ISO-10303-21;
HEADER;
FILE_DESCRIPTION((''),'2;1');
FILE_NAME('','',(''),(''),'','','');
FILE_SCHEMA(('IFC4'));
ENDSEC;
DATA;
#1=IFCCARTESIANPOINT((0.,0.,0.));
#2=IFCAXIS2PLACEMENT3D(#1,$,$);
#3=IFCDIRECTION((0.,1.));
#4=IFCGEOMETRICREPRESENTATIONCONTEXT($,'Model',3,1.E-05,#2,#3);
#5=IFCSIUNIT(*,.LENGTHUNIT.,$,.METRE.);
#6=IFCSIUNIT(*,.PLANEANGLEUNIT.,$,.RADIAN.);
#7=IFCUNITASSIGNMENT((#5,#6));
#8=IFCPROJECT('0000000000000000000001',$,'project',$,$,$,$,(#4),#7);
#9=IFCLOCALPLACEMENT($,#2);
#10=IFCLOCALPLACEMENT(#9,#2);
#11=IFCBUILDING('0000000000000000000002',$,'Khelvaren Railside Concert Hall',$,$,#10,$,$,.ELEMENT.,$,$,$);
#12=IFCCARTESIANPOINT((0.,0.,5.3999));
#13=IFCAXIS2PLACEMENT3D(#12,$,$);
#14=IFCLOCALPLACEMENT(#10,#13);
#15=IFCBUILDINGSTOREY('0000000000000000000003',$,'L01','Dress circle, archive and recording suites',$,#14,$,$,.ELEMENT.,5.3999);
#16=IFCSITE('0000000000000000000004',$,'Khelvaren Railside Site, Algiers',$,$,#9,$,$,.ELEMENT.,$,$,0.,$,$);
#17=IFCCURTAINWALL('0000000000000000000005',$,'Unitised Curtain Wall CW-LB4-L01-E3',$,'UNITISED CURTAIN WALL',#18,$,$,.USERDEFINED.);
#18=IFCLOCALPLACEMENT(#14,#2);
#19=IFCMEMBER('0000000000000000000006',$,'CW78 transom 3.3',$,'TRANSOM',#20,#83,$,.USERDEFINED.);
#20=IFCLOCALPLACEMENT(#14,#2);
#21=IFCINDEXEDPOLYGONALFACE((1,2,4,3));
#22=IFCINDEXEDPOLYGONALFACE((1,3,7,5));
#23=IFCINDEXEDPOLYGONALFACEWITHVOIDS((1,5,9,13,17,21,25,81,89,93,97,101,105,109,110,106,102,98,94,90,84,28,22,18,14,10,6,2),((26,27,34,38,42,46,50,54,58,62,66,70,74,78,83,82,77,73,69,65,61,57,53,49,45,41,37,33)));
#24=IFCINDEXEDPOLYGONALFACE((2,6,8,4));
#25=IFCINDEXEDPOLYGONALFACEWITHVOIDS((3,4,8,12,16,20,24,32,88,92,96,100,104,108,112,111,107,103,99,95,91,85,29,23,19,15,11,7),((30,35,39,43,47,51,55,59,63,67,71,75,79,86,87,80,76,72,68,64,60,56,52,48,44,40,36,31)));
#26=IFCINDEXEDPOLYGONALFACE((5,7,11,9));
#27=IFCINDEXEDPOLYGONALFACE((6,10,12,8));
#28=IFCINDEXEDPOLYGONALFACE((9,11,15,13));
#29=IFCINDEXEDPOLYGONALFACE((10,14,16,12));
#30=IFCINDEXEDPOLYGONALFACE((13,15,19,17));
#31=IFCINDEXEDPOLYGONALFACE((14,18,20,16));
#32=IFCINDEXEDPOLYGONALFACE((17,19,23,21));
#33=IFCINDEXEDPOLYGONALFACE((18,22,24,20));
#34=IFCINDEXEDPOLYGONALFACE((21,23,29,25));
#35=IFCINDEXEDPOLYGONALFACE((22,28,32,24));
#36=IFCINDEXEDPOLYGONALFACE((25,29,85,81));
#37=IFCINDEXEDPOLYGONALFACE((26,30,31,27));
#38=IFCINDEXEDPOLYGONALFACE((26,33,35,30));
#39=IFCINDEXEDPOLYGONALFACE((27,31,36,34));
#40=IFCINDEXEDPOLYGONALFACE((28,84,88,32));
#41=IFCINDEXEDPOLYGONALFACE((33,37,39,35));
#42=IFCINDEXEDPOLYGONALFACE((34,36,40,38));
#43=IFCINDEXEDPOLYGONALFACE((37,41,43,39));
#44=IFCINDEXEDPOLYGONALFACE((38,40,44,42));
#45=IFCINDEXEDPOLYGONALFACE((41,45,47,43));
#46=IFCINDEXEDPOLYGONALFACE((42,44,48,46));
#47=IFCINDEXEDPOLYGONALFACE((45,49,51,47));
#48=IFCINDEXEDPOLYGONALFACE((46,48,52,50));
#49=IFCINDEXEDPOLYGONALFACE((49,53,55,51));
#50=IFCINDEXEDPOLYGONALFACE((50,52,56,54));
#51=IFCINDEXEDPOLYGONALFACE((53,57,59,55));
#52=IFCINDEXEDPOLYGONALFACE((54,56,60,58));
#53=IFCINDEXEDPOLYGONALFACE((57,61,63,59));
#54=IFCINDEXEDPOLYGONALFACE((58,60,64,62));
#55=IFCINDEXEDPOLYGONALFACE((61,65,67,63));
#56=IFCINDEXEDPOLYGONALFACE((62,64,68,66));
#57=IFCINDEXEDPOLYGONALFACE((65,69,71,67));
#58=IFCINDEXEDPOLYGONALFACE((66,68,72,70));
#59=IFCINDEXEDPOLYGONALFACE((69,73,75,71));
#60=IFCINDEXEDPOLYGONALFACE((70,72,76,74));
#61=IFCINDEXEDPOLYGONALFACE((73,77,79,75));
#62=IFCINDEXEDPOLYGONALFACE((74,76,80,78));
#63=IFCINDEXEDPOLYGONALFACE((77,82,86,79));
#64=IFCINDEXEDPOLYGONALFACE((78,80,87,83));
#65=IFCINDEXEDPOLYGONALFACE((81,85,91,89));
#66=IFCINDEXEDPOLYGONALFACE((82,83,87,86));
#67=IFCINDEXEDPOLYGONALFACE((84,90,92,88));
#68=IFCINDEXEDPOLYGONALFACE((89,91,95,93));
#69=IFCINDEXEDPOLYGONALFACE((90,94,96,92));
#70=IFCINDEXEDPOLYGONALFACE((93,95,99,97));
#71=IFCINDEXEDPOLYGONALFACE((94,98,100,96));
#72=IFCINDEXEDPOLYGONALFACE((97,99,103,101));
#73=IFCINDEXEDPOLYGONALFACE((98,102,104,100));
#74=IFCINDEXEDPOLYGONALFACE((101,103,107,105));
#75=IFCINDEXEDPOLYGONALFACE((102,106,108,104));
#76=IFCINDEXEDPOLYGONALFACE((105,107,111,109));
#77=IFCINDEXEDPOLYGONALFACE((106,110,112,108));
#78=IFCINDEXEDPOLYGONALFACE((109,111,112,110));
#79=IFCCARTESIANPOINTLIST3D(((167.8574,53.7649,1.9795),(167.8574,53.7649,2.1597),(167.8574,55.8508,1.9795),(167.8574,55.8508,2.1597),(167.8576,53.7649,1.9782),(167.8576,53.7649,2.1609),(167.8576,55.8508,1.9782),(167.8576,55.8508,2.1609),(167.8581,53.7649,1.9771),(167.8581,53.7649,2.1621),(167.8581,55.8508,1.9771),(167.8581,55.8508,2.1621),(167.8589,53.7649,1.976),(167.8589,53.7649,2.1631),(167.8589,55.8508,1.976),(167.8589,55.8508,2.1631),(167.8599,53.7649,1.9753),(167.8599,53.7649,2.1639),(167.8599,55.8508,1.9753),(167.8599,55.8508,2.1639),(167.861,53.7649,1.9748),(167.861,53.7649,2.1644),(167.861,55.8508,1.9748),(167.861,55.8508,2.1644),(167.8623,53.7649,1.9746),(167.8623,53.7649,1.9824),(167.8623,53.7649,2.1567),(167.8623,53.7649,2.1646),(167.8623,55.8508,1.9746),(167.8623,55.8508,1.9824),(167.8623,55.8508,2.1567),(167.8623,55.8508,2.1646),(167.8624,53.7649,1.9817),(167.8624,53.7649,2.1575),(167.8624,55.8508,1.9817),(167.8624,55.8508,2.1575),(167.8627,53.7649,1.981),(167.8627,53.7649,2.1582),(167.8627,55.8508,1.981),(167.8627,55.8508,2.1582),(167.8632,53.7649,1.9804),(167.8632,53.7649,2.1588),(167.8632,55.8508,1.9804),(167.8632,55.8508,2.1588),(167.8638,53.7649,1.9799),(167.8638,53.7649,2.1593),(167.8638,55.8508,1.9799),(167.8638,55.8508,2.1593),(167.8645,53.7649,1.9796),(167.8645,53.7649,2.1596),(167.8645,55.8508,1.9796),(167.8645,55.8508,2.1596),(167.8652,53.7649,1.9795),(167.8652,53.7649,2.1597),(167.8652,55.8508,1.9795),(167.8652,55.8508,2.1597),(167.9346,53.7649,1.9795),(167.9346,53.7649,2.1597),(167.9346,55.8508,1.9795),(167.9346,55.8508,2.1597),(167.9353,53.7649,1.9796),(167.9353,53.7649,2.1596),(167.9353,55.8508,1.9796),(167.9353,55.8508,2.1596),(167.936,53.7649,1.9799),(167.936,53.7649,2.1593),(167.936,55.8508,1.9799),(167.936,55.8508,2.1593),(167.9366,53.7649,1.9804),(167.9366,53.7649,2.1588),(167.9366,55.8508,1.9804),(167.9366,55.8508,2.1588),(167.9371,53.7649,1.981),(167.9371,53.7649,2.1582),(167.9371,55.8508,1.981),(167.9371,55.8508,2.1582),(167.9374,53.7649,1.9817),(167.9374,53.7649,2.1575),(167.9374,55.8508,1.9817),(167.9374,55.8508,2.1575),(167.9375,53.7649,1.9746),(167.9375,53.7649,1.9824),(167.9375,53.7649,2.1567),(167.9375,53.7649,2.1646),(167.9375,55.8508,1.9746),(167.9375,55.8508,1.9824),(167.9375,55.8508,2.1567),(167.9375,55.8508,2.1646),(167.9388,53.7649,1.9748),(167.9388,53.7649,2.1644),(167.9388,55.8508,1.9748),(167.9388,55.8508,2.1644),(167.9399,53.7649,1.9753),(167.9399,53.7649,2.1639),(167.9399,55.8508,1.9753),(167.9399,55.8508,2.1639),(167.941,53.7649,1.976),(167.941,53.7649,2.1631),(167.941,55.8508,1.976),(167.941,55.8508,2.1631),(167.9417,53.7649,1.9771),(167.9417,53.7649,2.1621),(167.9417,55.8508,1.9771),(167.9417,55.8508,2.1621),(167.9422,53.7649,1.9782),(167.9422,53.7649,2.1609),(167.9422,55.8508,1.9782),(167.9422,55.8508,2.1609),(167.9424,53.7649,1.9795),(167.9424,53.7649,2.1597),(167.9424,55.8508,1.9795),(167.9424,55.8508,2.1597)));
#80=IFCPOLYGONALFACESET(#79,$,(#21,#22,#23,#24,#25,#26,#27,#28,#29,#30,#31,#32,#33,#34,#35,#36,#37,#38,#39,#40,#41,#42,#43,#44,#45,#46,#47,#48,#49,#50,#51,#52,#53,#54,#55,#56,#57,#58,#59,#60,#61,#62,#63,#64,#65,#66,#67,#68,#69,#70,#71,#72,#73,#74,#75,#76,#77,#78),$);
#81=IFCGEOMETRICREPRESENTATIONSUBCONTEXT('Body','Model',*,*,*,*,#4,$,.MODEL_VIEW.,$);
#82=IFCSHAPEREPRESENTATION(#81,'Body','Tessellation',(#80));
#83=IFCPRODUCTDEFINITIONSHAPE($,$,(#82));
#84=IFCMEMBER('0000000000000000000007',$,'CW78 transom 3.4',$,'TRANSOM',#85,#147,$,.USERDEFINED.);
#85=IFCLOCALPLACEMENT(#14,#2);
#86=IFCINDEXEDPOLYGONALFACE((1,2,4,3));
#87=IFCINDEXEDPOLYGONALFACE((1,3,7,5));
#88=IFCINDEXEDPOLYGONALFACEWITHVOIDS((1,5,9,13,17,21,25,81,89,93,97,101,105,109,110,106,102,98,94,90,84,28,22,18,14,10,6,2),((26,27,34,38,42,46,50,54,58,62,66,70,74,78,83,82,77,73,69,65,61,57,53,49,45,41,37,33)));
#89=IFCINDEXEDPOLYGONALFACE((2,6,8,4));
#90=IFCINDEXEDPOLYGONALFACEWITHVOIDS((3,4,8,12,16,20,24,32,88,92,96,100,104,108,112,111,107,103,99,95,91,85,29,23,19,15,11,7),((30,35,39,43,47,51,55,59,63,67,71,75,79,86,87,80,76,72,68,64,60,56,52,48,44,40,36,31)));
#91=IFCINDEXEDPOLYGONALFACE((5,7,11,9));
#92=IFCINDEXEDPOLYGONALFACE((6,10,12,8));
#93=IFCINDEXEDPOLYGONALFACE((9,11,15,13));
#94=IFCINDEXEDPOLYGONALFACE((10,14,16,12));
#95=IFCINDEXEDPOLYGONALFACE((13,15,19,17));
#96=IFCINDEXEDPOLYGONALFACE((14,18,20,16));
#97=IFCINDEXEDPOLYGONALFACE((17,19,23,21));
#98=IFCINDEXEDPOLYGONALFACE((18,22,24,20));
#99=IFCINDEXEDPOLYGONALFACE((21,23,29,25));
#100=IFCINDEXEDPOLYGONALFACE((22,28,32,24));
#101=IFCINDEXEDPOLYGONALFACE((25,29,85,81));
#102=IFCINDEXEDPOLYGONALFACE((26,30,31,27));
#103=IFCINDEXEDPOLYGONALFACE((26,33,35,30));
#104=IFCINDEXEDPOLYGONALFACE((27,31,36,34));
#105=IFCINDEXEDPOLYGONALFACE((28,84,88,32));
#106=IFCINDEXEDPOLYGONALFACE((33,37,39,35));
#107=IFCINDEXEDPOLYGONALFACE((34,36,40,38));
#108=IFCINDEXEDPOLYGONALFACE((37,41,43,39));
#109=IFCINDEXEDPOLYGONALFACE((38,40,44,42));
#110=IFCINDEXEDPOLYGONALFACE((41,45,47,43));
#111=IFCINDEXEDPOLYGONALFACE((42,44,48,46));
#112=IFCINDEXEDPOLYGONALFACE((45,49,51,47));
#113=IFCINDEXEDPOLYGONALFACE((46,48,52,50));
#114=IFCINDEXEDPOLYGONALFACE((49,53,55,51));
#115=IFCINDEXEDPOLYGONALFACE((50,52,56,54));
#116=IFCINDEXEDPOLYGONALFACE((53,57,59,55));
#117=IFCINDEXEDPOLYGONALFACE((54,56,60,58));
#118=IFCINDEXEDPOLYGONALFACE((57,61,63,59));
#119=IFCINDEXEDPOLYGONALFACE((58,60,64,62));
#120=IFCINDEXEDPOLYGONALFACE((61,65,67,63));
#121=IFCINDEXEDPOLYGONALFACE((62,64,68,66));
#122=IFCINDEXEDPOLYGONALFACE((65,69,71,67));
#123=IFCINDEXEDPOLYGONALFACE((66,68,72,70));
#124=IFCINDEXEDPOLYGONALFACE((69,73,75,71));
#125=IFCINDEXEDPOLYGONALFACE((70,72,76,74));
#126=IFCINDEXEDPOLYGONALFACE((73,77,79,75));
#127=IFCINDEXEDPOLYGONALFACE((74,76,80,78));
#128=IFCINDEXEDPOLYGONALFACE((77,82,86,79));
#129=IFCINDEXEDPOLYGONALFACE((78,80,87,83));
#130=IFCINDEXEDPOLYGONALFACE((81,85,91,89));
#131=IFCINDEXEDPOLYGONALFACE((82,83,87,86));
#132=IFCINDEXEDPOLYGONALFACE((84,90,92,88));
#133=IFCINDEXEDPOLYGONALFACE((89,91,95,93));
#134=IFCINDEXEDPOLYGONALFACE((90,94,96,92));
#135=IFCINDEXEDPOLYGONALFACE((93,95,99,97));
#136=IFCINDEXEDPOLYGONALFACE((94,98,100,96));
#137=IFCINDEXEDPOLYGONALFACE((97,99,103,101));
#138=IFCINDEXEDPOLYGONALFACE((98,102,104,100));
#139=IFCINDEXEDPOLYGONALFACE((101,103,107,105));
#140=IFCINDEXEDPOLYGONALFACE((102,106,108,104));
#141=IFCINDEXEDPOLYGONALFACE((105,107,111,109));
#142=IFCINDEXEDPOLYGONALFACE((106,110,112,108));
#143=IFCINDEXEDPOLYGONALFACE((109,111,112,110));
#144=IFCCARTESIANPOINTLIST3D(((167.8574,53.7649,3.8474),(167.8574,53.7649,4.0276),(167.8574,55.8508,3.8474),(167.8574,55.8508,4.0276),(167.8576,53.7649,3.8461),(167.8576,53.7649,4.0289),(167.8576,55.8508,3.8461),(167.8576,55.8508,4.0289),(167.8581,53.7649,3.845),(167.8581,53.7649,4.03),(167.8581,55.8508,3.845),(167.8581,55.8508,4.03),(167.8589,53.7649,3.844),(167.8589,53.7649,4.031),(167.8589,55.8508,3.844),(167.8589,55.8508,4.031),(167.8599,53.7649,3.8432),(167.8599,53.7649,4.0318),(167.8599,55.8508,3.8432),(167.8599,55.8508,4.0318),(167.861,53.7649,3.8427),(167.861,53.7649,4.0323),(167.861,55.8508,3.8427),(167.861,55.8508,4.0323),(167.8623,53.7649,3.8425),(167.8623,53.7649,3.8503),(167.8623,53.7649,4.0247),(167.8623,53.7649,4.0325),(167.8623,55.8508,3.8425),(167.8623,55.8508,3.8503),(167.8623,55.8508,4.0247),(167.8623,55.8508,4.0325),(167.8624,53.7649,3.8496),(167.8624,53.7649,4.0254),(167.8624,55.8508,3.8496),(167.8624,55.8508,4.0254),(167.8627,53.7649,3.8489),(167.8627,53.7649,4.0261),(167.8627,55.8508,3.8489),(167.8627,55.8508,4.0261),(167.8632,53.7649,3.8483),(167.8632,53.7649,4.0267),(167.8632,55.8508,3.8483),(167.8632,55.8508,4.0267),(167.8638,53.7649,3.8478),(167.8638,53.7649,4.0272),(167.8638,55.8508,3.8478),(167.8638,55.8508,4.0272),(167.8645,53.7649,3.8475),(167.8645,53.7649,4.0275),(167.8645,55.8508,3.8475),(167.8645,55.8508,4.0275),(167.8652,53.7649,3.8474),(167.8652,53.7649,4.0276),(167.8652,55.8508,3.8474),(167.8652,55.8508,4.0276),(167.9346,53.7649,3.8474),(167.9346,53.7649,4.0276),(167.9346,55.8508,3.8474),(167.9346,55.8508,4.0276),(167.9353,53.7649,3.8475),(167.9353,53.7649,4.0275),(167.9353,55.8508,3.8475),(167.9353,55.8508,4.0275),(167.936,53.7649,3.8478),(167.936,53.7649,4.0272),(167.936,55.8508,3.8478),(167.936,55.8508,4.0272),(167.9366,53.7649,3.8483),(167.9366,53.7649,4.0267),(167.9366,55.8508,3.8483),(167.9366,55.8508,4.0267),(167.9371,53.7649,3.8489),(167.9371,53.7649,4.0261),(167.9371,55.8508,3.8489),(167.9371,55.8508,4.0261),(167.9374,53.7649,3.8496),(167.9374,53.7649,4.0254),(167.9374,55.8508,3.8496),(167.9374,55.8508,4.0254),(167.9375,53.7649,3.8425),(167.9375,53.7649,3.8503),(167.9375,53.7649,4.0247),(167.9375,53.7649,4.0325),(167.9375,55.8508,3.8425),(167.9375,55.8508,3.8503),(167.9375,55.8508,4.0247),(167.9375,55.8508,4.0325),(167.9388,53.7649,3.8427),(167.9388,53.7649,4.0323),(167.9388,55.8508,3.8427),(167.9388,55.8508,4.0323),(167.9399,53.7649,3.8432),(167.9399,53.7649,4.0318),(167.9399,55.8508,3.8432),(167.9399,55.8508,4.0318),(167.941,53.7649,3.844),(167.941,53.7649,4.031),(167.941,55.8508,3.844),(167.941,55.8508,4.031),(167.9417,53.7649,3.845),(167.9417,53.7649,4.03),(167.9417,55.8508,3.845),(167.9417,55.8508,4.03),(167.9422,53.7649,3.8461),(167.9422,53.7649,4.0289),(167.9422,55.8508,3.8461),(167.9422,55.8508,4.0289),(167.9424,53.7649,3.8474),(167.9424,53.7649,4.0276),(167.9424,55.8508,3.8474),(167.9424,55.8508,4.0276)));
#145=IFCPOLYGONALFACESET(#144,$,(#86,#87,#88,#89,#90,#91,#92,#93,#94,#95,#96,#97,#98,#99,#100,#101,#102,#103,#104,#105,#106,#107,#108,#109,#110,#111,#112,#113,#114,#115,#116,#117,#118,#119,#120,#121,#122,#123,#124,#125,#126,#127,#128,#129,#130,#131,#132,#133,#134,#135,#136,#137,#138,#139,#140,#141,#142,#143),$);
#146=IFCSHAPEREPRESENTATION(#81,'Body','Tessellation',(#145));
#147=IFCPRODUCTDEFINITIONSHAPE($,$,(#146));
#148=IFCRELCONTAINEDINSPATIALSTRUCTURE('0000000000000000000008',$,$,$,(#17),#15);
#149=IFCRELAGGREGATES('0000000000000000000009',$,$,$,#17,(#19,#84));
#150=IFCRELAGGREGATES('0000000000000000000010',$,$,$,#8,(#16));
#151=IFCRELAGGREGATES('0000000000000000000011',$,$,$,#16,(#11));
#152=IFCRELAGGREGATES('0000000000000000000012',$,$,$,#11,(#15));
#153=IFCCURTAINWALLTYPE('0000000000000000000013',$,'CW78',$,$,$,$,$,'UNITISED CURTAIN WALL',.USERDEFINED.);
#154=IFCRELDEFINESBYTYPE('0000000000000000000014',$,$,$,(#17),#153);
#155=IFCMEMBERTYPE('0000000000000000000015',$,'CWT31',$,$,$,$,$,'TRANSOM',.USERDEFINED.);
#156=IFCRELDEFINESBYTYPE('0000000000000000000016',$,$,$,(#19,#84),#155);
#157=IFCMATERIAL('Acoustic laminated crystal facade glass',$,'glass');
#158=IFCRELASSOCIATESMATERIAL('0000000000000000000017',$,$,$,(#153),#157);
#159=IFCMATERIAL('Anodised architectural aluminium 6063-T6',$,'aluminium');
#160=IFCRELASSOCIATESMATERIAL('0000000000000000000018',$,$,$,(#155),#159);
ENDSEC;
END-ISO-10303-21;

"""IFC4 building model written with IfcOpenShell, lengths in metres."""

from ifc_helpers import new_model, si_unit, direction, frame, origin, origin_2d, place, context, subcontext, project, spatial, hollow_rectangle, extrude, material, material_profile, profile_set, type_object, element, aggregate, save


model = new_model("IFC4")

# Units and contexts
model_context = context("Model", 3, precision=1e-05, world=origin(), true_north=direction((0.0, 1.0)))
body_context = subcontext(model_context, "Body", "Model", "MODEL_VIEW")
ifc_project = project(units=[si_unit("LENGTHUNIT", "METRE"), si_unit("PLANEANGLEUNIT", "RADIAN")], contexts=[model_context])

# Site, building, storey
site_placement = place(None, origin())
site = spatial("IfcSite", under=ifc_project, at=site_placement, Name="Khelvaren Railside Site, Algiers", CompositionType="ELEMENT", RefElevation=0.0)
building_placement = place(site_placement, origin())
building = spatial("IfcBuilding", under=site, at=building_placement, Name="Khelvaren Railside Concert Hall", CompositionType="ELEMENT")
storey_placement = place(building_placement, frame((0.0, 0.0, 5.3999)))
storey = spatial("IfcBuildingStorey", under=building, at=storey_placement, Name="L01", Description="Dress circle, archive and recording suites", CompositionType="ELEMENT", Elevation=5.3999)

# Curtain wall
ifc_material_1 = material(Name="Acoustic laminated crystal facade glass", Category="glass")
curtain_wall_type = type_object("IfcCurtainWallType", Name="CW78", ElementType="UNITISED CURTAIN WALL", PredefinedType="USERDEFINED", material=ifc_material_1)
curtain_wall_1_placement = place(storey_placement, origin())
curtain_wall_1 = element("IfcCurtainWall", 1, at=curtain_wall_1_placement, inside=storey, type_object=curtain_wall_type, Name="Unitised Curtain Wall CW-LB4-L01-E3", ObjectType="UNITISED CURTAIN WALL", PredefinedType="USERDEFINED")
ifc_material_2 = material(Name="Anodised architectural aluminium 6063-T6", Category="aluminium")

# Members
ifc_material_profile_1 = material_profile(ifc_material_2, hollow_rectangle(XDim=0.085, YDim=0.1899, WallThickness=0.0049, InnerFilletRadius=0.0029, OuterFilletRadius=0.0049, at=origin_2d()), Name="CWT 85x190x5")
ifc_profile_set_1 = profile_set([ifc_material_profile_1], Name="Anodised architectural aluminium 6063-T6")
member_type_1 = type_object("IfcMemberType", Name="CWT31", ElementType="TRANSOM", PredefinedType="USERDEFINED", material=ifc_profile_set_1)
member_1_placement = place(storey_placement, frame((167.8999, 55.8508, 2.0696), z_axis=(0.0, -1.0, 0.0), x_axis=(1.0, 0.0, 0.0)))
member_1 = element("IfcMember", 2, at=member_1_placement, type_object=member_type_1, Name="CW78 transom 3.3", ObjectType="TRANSOM", PredefinedType="USERDEFINED", context=body_context, shape_type="SweptSolid", body=[
    extrude(hollow_rectangle(XDim=0.085, YDim=0.1899, WallThickness=0.0049, InnerFilletRadius=0.0029, OuterFilletRadius=0.0049, at=origin_2d()), origin(), (0.0, 0.0, 1.0), 2.0859),
])
member_2_placement = place(storey_placement, frame((167.8999, 55.8508, 3.9375), z_axis=(0.0, -1.0, 0.0), x_axis=(1.0, 0.0, 0.0)))
member_2 = element("IfcMember", 3, at=member_2_placement, type_object=member_type_1, Name="CW78 transom 3.4", ObjectType="TRANSOM", PredefinedType="USERDEFINED", context=body_context, shape_type="SweptSolid", body=[
    extrude(hollow_rectangle(XDim=0.085, YDim=0.1899, WallThickness=0.0049, InnerFilletRadius=0.0029, OuterFilletRadius=0.0049, at=origin_2d()), origin(), (0.0, 0.0, 1.0), 2.0859),
])

aggregate(curtain_wall_1, [member_1, member_2])

save(model, "model.ifc")
